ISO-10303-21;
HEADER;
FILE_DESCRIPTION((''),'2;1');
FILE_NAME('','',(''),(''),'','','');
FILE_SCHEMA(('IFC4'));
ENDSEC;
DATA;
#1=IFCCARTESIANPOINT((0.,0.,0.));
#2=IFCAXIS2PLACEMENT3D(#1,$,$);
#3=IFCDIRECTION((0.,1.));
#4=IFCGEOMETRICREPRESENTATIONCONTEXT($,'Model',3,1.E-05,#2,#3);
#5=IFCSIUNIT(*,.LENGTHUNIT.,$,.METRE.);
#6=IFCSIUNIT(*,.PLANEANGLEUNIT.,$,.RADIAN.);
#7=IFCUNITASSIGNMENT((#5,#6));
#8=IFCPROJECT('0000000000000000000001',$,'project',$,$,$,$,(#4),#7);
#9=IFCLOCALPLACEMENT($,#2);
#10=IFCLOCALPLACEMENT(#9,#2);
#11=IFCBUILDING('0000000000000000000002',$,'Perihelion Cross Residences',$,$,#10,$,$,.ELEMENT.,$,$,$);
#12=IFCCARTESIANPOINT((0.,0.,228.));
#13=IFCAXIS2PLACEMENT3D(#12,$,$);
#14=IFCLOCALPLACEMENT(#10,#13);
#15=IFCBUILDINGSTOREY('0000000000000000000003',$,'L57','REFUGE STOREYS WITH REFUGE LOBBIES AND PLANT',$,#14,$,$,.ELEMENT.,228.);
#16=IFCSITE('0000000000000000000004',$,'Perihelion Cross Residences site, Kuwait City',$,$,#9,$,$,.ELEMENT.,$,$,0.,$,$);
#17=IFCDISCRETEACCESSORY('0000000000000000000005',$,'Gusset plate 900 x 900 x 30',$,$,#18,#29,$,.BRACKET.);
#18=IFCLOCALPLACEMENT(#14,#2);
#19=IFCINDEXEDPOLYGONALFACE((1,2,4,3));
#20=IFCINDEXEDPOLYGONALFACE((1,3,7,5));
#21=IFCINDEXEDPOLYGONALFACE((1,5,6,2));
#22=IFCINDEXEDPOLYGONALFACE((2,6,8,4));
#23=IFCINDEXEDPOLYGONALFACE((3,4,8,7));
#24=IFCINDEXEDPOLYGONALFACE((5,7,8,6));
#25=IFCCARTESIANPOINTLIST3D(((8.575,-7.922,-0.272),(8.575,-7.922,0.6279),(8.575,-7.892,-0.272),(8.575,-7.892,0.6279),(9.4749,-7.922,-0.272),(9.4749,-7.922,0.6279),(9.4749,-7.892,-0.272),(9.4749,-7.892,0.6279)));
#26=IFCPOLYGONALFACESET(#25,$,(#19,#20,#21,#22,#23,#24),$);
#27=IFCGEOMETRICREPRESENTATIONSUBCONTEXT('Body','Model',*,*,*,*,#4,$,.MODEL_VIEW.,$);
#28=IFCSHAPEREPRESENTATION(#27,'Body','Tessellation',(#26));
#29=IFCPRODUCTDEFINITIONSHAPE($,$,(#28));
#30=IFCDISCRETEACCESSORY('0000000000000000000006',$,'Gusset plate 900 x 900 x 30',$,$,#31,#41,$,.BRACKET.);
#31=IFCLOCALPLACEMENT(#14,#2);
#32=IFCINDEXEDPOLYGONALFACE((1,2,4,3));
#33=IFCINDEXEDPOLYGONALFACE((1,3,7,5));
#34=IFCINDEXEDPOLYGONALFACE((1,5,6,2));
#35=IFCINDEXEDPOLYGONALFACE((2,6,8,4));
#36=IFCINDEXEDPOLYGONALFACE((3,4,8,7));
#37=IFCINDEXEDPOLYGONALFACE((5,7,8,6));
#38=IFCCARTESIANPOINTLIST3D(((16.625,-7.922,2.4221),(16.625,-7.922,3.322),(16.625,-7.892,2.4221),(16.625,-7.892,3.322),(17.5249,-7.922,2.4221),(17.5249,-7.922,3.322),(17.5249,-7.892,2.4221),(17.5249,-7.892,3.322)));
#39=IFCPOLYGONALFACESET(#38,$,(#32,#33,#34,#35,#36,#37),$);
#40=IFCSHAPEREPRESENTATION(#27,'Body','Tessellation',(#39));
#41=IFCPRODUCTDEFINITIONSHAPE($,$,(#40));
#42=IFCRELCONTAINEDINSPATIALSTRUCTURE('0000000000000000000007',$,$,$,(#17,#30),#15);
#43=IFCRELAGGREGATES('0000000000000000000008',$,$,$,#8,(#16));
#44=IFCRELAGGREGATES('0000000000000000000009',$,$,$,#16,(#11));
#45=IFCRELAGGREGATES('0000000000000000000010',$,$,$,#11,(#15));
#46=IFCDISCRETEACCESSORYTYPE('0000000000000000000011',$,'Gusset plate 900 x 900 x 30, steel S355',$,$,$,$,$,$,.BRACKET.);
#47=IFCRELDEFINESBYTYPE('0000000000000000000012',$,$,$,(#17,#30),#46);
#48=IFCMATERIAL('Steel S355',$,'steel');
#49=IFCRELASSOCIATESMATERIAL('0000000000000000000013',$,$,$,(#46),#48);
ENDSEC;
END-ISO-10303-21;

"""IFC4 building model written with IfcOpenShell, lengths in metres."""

from ifc_helpers import new_model, si_unit, direction, frame, origin, origin_2d, place, context, subcontext, project, spatial, rectangle, extrude, material, type_object, element, save


model = new_model("IFC4")

# Units and contexts
model_context = context("Model", 3, precision=1e-05, world=origin(), true_north=direction((0.0, 1.0)))
body_context = subcontext(model_context, "Body", "Model", "MODEL_VIEW")
ifc_project = project(units=[si_unit("LENGTHUNIT", "METRE"), si_unit("PLANEANGLEUNIT", "RADIAN")], contexts=[model_context])

# Site, building, storey
site_placement = place(None, origin())
site = spatial("IfcSite", under=ifc_project, at=site_placement, Name="Perihelion Cross Residences site, Kuwait City", CompositionType="ELEMENT", RefElevation=0.0)
building_placement = place(site_placement, origin())
building = spatial("IfcBuilding", under=site, at=building_placement, Name="Perihelion Cross Residences", CompositionType="ELEMENT")
storey_placement = place(building_placement, frame((0.0, 0.0, 228.0)))
storey = spatial("IfcBuildingStorey", under=building, at=storey_placement, Name="L57", Description="REFUGE STOREYS WITH REFUGE LOBBIES AND PLANT", CompositionType="ELEMENT", Elevation=228.0)

# Discrete accessories
ifc_material_1 = material(Name="Steel S355", Category="steel")
discrete_accessory_type = type_object("IfcDiscreteAccessoryType", Name="Gusset plate 900 x 900 x 30, steel S355", PredefinedType="BRACKET", material=ifc_material_1)
for number, where, z_axis, x_axis, name in (
    (1, (9.0249, -7.907, -0.272), (0.0, 0.0, 1.0), (1.0, 0.0, 0.0), "Gusset plate 900 x 900 x 30"),
    (2, (17.075, -7.907, 2.4221), (0.0, 0.0, 1.0), (-1.0, 0.0, 0.0), "Gusset plate 900 x 900 x 30"),
):
    element("IfcDiscreteAccessory", number, at=place(storey_placement, frame(where, z_axis=z_axis, x_axis=x_axis)), inside=storey, type_object=discrete_accessory_type, Name=name, PredefinedType="BRACKET", context=body_context, shape_type="SweptSolid", body=[
        extrude(rectangle(XDim=0.8999, YDim=0.03, at=origin_2d()), origin(), (0.0, 0.0, 1.0), 0.8999),
    ])

save(model, "model.ifc")
